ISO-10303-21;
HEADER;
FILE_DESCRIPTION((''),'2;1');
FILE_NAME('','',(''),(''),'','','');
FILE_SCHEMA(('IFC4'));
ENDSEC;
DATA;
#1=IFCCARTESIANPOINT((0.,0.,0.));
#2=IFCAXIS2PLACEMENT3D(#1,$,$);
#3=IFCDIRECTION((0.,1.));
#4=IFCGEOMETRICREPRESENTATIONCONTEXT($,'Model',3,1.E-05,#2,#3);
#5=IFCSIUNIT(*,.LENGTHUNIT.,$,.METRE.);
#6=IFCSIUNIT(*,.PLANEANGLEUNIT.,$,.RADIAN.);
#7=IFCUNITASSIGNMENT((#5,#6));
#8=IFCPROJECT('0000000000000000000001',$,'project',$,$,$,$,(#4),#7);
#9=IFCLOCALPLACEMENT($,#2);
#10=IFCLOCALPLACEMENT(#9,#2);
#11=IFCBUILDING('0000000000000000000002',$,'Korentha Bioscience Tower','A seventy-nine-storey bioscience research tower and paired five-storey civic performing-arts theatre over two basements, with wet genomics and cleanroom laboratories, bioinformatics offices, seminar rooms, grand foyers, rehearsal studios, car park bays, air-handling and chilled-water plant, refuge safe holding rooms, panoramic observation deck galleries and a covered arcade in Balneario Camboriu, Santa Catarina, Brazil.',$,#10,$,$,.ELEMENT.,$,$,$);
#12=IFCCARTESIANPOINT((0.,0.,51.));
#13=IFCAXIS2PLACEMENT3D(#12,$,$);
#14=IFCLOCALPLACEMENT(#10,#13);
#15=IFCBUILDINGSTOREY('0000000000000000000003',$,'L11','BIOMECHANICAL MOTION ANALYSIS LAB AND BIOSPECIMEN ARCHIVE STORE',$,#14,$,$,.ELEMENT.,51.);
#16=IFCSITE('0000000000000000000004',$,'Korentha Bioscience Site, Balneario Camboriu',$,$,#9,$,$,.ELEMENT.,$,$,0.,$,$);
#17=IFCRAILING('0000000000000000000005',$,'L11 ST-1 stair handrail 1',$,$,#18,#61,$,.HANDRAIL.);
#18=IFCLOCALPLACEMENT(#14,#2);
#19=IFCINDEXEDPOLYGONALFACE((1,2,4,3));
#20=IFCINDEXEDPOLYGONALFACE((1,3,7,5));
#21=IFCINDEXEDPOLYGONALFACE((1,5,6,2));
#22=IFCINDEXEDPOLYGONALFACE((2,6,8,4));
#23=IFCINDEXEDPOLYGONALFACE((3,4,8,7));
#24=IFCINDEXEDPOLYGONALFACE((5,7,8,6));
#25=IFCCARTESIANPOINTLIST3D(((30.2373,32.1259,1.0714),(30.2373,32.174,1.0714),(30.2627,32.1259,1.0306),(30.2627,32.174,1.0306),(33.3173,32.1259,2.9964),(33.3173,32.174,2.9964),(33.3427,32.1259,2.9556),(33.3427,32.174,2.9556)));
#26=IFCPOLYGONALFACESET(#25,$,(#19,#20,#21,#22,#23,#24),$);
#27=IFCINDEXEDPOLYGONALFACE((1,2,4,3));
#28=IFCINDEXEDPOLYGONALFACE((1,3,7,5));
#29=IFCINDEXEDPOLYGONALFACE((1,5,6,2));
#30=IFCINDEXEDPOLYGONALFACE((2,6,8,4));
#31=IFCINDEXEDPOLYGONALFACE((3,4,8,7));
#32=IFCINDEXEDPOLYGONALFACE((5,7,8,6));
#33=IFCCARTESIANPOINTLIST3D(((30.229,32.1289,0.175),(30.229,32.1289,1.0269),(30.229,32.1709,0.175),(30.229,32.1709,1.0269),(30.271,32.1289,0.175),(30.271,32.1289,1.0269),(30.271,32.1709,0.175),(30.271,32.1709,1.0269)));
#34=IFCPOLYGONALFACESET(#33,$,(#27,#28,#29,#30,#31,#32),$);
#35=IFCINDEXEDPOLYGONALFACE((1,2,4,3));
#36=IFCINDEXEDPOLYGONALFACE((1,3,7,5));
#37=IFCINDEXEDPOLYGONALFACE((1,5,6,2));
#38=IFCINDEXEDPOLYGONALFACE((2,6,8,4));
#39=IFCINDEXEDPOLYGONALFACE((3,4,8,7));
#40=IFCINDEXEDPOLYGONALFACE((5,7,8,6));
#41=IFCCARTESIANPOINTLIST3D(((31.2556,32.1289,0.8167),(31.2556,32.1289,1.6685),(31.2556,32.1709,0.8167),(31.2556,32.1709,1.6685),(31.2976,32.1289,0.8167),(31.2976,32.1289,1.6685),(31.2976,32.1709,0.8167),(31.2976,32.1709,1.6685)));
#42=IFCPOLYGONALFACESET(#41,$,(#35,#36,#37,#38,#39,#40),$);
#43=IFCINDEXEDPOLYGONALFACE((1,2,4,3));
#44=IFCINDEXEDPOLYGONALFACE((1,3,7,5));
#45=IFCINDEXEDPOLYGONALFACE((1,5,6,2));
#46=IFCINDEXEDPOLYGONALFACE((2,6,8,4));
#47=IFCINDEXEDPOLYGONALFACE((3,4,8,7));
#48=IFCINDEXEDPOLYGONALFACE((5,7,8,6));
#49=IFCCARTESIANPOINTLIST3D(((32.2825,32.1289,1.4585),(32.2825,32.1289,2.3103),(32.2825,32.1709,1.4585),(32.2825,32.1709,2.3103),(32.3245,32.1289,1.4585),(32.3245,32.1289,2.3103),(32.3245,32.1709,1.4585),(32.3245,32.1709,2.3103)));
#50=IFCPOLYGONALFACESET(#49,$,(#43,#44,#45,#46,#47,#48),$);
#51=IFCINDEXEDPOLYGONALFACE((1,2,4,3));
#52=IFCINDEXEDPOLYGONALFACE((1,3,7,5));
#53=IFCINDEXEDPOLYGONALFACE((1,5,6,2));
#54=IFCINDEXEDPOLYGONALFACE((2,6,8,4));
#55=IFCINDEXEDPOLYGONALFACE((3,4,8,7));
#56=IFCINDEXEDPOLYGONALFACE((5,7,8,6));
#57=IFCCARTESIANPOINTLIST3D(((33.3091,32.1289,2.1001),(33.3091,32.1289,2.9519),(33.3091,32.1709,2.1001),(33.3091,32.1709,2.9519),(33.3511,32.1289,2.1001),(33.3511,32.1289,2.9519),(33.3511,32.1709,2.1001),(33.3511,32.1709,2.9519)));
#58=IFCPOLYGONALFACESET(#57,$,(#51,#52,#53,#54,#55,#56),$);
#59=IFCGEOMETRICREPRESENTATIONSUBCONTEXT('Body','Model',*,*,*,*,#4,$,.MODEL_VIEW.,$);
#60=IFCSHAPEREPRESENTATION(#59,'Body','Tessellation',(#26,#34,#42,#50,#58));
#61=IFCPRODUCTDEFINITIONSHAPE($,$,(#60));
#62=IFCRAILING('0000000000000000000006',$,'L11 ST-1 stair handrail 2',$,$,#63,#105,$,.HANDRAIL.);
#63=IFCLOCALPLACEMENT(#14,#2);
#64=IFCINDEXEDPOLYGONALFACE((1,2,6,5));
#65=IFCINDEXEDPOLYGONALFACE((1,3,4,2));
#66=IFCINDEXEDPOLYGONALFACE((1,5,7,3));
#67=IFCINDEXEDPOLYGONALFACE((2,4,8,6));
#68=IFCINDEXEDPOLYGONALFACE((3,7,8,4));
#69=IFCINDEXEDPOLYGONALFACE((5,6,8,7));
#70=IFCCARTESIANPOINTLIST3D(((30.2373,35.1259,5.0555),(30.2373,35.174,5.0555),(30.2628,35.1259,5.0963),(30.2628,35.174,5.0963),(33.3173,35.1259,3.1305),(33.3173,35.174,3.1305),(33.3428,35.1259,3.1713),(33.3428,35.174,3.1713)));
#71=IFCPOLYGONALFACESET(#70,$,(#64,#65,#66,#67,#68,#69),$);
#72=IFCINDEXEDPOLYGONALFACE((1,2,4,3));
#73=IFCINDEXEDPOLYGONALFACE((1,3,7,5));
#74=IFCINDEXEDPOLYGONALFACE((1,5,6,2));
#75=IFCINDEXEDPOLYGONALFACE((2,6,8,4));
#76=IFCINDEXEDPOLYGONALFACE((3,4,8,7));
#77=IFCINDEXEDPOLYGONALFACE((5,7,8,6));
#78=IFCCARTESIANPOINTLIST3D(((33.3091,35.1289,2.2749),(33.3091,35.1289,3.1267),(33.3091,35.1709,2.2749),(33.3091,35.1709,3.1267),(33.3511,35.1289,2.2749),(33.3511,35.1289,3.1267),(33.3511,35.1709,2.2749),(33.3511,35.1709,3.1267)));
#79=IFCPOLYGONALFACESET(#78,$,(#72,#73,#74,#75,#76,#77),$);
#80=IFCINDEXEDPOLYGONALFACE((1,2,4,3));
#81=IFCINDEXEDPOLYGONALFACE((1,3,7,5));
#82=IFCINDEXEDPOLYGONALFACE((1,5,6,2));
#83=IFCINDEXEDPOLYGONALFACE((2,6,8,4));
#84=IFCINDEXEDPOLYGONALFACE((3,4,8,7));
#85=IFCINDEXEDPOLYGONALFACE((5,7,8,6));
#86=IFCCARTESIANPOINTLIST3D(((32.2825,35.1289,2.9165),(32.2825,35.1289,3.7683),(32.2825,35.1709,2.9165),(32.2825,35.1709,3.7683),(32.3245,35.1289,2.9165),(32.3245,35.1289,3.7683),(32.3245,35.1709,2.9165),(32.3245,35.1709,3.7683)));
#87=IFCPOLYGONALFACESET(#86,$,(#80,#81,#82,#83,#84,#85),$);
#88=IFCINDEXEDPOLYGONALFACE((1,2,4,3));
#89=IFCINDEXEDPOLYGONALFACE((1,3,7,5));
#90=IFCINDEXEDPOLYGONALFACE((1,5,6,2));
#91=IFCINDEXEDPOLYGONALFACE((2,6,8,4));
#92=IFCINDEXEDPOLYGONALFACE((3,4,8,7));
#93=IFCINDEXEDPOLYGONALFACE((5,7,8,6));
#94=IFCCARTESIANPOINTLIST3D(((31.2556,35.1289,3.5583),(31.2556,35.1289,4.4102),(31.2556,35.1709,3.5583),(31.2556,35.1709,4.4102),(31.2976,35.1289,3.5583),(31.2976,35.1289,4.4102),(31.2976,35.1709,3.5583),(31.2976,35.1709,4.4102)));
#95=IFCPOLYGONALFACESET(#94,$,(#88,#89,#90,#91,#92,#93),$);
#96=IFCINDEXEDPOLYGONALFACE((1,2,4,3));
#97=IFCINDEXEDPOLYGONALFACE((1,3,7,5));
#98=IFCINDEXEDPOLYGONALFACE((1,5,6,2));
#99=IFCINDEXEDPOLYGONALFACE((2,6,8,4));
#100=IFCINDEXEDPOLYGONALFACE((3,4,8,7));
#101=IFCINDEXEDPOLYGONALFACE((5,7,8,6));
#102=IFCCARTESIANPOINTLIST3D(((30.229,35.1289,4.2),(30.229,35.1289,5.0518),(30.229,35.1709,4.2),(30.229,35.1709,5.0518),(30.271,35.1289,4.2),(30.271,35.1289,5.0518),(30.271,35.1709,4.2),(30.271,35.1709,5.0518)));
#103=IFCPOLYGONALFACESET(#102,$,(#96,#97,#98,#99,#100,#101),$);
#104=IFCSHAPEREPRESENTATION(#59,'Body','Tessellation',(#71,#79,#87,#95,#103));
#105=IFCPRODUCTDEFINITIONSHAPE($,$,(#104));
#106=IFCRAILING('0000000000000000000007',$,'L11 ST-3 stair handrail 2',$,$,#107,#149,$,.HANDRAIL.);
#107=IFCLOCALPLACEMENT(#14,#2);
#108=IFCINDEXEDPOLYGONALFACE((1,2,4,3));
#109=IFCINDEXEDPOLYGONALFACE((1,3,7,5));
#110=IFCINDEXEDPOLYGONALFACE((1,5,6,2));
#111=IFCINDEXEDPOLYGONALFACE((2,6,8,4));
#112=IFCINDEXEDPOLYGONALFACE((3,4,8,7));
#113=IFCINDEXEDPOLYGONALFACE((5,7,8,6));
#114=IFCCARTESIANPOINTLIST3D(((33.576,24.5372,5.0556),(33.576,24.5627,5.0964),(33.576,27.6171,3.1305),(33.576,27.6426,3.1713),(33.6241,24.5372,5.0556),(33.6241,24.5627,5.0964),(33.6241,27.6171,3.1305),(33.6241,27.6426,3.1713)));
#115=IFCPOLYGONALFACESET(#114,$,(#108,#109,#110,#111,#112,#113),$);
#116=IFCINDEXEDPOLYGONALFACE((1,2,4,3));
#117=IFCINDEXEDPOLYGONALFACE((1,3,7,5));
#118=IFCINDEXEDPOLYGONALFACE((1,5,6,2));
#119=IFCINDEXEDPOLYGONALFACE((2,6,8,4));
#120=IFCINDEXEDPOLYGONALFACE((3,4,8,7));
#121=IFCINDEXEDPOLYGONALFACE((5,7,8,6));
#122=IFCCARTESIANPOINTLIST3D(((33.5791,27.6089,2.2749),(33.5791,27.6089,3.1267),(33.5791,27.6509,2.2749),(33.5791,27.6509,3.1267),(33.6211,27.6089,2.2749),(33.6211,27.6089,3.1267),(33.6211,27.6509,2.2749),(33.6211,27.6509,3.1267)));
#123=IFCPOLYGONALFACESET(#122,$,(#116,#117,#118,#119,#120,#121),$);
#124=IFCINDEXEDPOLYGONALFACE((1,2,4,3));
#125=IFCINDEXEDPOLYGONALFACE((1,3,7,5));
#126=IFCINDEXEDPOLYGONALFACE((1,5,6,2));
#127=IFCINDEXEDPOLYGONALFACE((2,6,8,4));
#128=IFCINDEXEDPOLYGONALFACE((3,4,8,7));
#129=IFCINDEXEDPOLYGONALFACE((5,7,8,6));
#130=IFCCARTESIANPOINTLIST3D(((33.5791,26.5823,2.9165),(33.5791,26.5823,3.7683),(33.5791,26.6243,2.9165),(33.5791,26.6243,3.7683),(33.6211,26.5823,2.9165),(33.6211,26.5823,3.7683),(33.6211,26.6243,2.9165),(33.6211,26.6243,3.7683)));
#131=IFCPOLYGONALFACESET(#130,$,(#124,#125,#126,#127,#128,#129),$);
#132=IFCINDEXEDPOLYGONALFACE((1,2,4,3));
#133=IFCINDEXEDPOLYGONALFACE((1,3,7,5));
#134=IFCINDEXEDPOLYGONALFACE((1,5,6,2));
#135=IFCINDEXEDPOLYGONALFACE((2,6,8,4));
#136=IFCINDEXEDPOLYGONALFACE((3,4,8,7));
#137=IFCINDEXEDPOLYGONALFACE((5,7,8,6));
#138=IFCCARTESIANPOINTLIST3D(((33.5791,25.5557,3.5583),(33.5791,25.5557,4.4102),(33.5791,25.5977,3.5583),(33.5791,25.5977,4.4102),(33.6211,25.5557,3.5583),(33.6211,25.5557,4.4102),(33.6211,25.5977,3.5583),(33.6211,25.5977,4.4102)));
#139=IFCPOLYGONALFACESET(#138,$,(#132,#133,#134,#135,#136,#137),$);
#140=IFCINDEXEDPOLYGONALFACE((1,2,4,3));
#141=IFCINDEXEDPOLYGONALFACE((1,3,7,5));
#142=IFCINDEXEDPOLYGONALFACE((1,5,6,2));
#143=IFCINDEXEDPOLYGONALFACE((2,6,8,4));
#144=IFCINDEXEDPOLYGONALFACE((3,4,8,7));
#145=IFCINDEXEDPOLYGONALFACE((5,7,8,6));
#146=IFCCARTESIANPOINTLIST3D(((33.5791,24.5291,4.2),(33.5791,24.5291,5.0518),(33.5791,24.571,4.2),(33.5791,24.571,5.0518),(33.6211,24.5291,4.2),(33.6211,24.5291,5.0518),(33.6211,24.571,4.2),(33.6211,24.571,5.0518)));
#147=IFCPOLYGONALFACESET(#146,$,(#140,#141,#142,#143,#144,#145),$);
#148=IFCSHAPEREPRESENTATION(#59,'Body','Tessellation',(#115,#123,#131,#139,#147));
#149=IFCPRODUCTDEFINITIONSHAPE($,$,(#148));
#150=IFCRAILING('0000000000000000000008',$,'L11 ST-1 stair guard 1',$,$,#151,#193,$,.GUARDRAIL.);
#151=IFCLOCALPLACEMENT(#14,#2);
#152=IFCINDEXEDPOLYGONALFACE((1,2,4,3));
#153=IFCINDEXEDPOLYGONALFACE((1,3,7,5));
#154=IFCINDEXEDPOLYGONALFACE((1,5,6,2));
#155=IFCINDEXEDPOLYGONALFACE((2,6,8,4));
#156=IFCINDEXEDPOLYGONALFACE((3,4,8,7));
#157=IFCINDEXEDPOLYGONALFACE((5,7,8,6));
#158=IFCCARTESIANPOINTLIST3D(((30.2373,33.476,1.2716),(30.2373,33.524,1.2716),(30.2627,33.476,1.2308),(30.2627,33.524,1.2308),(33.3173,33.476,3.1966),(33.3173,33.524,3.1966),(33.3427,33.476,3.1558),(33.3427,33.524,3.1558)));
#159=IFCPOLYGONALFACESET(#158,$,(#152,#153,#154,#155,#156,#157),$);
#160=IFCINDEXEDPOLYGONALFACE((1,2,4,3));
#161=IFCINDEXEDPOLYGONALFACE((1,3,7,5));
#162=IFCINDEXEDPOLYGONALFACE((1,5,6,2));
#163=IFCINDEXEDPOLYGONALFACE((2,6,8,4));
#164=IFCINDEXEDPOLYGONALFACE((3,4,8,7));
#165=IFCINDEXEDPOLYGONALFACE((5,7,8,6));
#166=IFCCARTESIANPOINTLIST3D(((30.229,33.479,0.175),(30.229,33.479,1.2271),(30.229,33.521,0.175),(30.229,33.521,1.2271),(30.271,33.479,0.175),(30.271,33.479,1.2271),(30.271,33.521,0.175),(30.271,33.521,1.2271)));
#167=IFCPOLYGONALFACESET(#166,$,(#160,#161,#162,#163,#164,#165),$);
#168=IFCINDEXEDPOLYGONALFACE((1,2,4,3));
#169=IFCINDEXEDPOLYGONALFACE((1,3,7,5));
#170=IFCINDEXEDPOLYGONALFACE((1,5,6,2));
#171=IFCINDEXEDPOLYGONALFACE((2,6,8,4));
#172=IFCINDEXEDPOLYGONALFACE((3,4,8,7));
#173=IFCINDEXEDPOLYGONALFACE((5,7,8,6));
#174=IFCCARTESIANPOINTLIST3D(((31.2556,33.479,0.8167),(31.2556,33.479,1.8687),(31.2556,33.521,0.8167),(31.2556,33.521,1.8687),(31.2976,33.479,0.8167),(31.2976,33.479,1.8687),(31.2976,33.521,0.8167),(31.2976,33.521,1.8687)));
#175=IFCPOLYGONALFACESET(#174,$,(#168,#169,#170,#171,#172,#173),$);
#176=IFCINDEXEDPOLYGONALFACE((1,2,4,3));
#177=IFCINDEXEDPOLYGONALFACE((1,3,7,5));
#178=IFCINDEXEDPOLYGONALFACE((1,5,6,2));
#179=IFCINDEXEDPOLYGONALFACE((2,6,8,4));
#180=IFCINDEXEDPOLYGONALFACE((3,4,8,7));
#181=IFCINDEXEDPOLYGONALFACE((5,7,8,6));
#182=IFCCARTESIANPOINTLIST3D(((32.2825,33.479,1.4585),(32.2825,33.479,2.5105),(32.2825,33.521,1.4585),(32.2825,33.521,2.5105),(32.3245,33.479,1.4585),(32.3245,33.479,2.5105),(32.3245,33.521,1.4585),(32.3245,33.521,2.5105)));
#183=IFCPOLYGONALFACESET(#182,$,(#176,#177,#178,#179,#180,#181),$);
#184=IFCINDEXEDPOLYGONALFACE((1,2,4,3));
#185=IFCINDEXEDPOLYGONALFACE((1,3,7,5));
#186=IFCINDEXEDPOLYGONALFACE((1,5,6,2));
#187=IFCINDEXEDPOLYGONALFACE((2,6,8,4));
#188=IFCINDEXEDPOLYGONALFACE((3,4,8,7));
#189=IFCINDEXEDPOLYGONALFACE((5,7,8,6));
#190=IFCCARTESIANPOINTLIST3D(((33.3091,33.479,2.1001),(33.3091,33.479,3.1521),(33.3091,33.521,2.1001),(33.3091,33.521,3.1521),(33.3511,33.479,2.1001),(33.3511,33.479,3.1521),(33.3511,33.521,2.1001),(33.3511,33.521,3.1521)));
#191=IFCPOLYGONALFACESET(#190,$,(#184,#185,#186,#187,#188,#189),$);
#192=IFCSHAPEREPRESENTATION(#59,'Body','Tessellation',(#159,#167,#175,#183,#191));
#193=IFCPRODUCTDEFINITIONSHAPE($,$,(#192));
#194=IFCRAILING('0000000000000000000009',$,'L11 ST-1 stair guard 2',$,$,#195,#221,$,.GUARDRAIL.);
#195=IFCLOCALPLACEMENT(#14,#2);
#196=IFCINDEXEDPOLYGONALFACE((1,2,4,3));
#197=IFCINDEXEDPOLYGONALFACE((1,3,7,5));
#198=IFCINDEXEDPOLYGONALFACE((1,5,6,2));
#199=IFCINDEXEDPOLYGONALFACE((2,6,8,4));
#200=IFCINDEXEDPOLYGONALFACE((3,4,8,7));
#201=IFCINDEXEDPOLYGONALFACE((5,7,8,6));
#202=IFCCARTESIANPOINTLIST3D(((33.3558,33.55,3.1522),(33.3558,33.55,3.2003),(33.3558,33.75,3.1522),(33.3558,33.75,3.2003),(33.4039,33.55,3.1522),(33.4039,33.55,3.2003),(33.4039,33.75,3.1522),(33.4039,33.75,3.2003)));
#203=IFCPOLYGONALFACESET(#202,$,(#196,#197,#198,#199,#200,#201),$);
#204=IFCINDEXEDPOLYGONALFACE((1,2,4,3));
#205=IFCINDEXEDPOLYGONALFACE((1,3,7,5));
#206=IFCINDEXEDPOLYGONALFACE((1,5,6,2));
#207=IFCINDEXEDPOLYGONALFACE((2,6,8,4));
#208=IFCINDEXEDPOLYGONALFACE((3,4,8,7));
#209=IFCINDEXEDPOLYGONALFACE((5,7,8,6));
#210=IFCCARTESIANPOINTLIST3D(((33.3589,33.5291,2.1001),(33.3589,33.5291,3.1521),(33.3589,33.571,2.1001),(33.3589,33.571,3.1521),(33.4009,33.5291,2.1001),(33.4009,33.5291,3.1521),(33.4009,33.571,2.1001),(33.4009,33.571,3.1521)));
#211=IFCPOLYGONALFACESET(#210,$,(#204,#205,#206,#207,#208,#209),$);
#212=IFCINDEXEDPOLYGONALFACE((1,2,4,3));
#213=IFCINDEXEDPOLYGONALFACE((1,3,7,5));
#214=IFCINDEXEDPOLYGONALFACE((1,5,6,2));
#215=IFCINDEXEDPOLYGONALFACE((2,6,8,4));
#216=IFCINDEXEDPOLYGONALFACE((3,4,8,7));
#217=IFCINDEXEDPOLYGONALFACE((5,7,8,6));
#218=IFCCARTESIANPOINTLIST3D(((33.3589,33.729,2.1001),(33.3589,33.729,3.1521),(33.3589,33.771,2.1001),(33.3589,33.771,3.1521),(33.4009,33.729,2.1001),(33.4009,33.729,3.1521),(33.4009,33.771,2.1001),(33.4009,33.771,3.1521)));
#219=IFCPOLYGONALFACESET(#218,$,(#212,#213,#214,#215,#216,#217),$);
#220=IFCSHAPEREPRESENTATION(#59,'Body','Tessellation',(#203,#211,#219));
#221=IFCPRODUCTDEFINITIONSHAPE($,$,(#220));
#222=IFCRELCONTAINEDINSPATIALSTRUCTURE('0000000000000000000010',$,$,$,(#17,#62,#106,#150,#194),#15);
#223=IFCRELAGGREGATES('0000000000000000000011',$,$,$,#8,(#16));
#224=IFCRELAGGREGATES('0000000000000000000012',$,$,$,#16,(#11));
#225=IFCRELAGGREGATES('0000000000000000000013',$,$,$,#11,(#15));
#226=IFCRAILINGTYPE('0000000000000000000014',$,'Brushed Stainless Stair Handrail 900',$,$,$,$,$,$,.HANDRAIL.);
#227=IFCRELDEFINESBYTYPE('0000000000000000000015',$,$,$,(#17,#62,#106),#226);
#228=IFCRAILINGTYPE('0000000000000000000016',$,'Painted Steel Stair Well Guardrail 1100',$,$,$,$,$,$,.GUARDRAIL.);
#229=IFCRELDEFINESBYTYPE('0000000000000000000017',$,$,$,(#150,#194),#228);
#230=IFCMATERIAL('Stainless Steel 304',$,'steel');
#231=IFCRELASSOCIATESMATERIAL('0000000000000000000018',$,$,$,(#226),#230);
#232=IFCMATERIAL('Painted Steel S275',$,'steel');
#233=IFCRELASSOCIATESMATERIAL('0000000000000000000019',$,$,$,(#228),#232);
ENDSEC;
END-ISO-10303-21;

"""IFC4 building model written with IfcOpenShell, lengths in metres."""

from ifc_helpers import new_model, si_unit, direction, frame, origin, origin_2d, place, context, subcontext, project, spatial, rectangle, extrude, material, type_object, element, save


model = new_model("IFC4")

# Units and contexts
model_context = context("Model", 3, precision=1e-05, world=origin(), true_north=direction((0.0, 1.0)))
body_context = subcontext(model_context, "Body", "Model", "MODEL_VIEW")
ifc_project = project(units=[si_unit("LENGTHUNIT", "METRE"), si_unit("PLANEANGLEUNIT", "RADIAN")], contexts=[model_context])

# Site, building, storey
site_placement = place(None, origin())
site = spatial("IfcSite", under=ifc_project, at=site_placement, Name="Korentha Bioscience Site, Balneario Camboriu", CompositionType="ELEMENT", RefElevation=0.0)
building_placement = place(site_placement, origin())
building = spatial("IfcBuilding", under=site, at=building_placement, Name="Korentha Bioscience Tower", Description="A seventy-nine-storey bioscience research tower and paired five-storey civic performing-arts theatre over two basements, with wet genomics and cleanroom laboratories, bioinformatics offices, seminar rooms, grand foyers, rehearsal studios, car park bays, air-handling and chilled-water plant, refuge safe holding rooms, panoramic observation deck galleries and a covered arcade in Balneario Camboriu, Santa Catarina, Brazil.", CompositionType="ELEMENT")
storey_placement = place(building_placement, frame((0.0, 0.0, 51.0)))
storey = spatial("IfcBuildingStorey", under=building, at=storey_placement, Name="L11", Description="BIOMECHANICAL MOTION ANALYSIS LAB AND BIOSPECIMEN ARCHIVE STORE", CompositionType="ELEMENT", Elevation=51.0)

# Railings
ifc_material_1 = material(Name="Stainless Steel 304", Category="steel")
railing_type_1 = type_object("IfcRailingType", Name="Brushed Stainless Stair Handrail 900", PredefinedType="HANDRAIL", material=ifc_material_1)
railing_1_placement = place(storey_placement, frame((30.25, 32.1499, 0.175)))
element("IfcRailing", 1, at=railing_1_placement, inside=storey, type_object=railing_type_1, Name="L11 ST-1 stair handrail 1", PredefinedType="HANDRAIL", context=body_context, shape_type="SweptSolid", body=[
    extrude(rectangle(XDim=0.0481, YDim=0.0481, at=origin_2d()), frame((0.0, 0.0, 0.876), z_axis=(0.847998, 0.0, 0.529999), x_axis=(0.0, 1.0, 0.0)), (0.0, 0.0, 1.0), 3.6321),
    extrude(rectangle(XDim=0.042, YDim=0.042, at=origin_2d()), origin(), (0.0, 0.0, 1.0), 0.8518),
    extrude(rectangle(XDim=0.042, YDim=0.042, at=origin_2d()), frame((1.0266, 0.0, 0.6416)), (0.0, 0.0, 1.0), 0.8518),
    extrude(rectangle(XDim=0.042, YDim=0.042, at=origin_2d()), frame((2.0535, 0.0, 1.2834)), (0.0, 0.0, 1.0), 0.8518),
    extrude(rectangle(XDim=0.042, YDim=0.042, at=origin_2d()), frame((3.0801, 0.0, 1.925)), (0.0, 0.0, 1.0), 0.8518),
])
railing_2_placement = place(storey_placement, frame((33.3301, 35.1499, 2.2749)))
element("IfcRailing", 2, at=railing_2_placement, inside=storey, type_object=railing_type_1, Name="L11 ST-1 stair handrail 2", PredefinedType="HANDRAIL", context=body_context, shape_type="SweptSolid", body=[
    extrude(rectangle(XDim=0.0481, YDim=0.0481, at=origin_2d()), frame((0.0, 0.0, 0.876), z_axis=(-0.847998, 0.0, 0.529999), x_axis=(0.0, -1.0, 0.0)), (0.0, 0.0, 1.0), 3.6321),
    extrude(rectangle(XDim=0.042, YDim=0.042, at=origin_2d()), origin(), (0.0, 0.0, 1.0), 0.8518),
    extrude(rectangle(XDim=0.042, YDim=0.042, at=origin_2d()), frame((-1.0266, 0.0, 0.6416)), (0.0, 0.0, 1.0), 0.8518),
    extrude(rectangle(XDim=0.042, YDim=0.042, at=origin_2d()), frame((-2.0535, 0.0, 1.2834)), (0.0, 0.0, 1.0), 0.8518),
    extrude(rectangle(XDim=0.042, YDim=0.042, at=origin_2d()), frame((-3.0801, 0.0, 1.925)), (0.0, 0.0, 1.0), 0.8518),
])
railing_3_placement = place(storey_placement, frame((33.6001, 27.6299, 2.2749)))
element("IfcRailing", 3, at=railing_3_placement, inside=storey, type_object=railing_type_1, Name="L11 ST-3 stair handrail 2", PredefinedType="HANDRAIL", context=body_context, shape_type="SweptSolid", body=[
    extrude(rectangle(XDim=0.0481, YDim=0.0481, at=origin_2d()), frame((0.0, 0.0, 0.876), z_axis=(0.0, -0.847979, 0.530029), x_axis=(1.0, 0.0, 0.0)), (0.0, 0.0, 1.0), 3.6321),
    extrude(rectangle(XDim=0.042, YDim=0.042, at=origin_2d()), origin(), (0.0, 0.0, 1.0), 0.8518),
    extrude(rectangle(XDim=0.042, YDim=0.042, at=origin_2d()), frame((0.0, -1.0266, 0.6416)), (0.0, 0.0, 1.0), 0.8518),
    extrude(rectangle(XDim=0.042, YDim=0.042, at=origin_2d()), frame((0.0, -2.0532, 1.2834)), (0.0, 0.0, 1.0), 0.8518),
    extrude(rectangle(XDim=0.042, YDim=0.042, at=origin_2d()), frame((0.0, -3.0798, 1.925)), (0.0, 0.0, 1.0), 0.8518),
])
ifc_material_2 = material(Name="Painted Steel S275", Category="steel")
railing_type_2 = type_object("IfcRailingType", Name="Painted Steel Stair Well Guardrail 1100", PredefinedType="GUARDRAIL", material=ifc_material_2)
railing_4_placement = place(storey_placement, frame((30.25, 33.5, 0.175)))
element("IfcRailing", 4, at=railing_4_placement, inside=storey, type_object=railing_type_2, Name="L11 ST-1 stair guard 1", PredefinedType="GUARDRAIL", context=body_context, shape_type="SweptSolid", body=[
    extrude(rectangle(XDim=0.0481, YDim=0.0481, at=origin_2d()), frame((0.0, 0.0, 1.0762), z_axis=(0.847998, 0.0, 0.529999), x_axis=(0.0, 1.0, 0.0)), (0.0, 0.0, 1.0), 3.6321),
    extrude(rectangle(XDim=0.042, YDim=0.042, at=origin_2d()), origin(), (0.0, 0.0, 1.0), 1.052),
    extrude(rectangle(XDim=0.042, YDim=0.042, at=origin_2d()), frame((1.0266, 0.0, 0.6416)), (0.0, 0.0, 1.0), 1.052),
    extrude(rectangle(XDim=0.042, YDim=0.042, at=origin_2d()), frame((2.0535, 0.0, 1.2834)), (0.0, 0.0, 1.0), 1.052),
    extrude(rectangle(XDim=0.042, YDim=0.042, at=origin_2d()), frame((3.0801, 0.0, 1.925)), (0.0, 0.0, 1.0), 1.052),
])
railing_5_placement = place(storey_placement, frame((33.3799, 33.55, 2.1001)))
element("IfcRailing", 5, at=railing_5_placement, inside=storey, type_object=railing_type_2, Name="L11 ST-1 stair guard 2", PredefinedType="GUARDRAIL", context=body_context, shape_type="SweptSolid", body=[
    extrude(rectangle(XDim=0.0481, YDim=0.0481, at=origin_2d()), frame((0.0, 0.0, 1.0762), z_axis=(0.0, 1.0, 0.0), x_axis=(-1.0, 0.0, 0.0)), (0.0, 0.0, 1.0), 0.2),
    extrude(rectangle(XDim=0.042, YDim=0.042, at=origin_2d()), origin(), (0.0, 0.0, 1.0), 1.052),
    extrude(rectangle(XDim=0.042, YDim=0.042, at=origin_2d()), frame((0.0, 0.2, 0.0)), (0.0, 0.0, 1.0), 1.052),
])

save(model, "model.ifc")
